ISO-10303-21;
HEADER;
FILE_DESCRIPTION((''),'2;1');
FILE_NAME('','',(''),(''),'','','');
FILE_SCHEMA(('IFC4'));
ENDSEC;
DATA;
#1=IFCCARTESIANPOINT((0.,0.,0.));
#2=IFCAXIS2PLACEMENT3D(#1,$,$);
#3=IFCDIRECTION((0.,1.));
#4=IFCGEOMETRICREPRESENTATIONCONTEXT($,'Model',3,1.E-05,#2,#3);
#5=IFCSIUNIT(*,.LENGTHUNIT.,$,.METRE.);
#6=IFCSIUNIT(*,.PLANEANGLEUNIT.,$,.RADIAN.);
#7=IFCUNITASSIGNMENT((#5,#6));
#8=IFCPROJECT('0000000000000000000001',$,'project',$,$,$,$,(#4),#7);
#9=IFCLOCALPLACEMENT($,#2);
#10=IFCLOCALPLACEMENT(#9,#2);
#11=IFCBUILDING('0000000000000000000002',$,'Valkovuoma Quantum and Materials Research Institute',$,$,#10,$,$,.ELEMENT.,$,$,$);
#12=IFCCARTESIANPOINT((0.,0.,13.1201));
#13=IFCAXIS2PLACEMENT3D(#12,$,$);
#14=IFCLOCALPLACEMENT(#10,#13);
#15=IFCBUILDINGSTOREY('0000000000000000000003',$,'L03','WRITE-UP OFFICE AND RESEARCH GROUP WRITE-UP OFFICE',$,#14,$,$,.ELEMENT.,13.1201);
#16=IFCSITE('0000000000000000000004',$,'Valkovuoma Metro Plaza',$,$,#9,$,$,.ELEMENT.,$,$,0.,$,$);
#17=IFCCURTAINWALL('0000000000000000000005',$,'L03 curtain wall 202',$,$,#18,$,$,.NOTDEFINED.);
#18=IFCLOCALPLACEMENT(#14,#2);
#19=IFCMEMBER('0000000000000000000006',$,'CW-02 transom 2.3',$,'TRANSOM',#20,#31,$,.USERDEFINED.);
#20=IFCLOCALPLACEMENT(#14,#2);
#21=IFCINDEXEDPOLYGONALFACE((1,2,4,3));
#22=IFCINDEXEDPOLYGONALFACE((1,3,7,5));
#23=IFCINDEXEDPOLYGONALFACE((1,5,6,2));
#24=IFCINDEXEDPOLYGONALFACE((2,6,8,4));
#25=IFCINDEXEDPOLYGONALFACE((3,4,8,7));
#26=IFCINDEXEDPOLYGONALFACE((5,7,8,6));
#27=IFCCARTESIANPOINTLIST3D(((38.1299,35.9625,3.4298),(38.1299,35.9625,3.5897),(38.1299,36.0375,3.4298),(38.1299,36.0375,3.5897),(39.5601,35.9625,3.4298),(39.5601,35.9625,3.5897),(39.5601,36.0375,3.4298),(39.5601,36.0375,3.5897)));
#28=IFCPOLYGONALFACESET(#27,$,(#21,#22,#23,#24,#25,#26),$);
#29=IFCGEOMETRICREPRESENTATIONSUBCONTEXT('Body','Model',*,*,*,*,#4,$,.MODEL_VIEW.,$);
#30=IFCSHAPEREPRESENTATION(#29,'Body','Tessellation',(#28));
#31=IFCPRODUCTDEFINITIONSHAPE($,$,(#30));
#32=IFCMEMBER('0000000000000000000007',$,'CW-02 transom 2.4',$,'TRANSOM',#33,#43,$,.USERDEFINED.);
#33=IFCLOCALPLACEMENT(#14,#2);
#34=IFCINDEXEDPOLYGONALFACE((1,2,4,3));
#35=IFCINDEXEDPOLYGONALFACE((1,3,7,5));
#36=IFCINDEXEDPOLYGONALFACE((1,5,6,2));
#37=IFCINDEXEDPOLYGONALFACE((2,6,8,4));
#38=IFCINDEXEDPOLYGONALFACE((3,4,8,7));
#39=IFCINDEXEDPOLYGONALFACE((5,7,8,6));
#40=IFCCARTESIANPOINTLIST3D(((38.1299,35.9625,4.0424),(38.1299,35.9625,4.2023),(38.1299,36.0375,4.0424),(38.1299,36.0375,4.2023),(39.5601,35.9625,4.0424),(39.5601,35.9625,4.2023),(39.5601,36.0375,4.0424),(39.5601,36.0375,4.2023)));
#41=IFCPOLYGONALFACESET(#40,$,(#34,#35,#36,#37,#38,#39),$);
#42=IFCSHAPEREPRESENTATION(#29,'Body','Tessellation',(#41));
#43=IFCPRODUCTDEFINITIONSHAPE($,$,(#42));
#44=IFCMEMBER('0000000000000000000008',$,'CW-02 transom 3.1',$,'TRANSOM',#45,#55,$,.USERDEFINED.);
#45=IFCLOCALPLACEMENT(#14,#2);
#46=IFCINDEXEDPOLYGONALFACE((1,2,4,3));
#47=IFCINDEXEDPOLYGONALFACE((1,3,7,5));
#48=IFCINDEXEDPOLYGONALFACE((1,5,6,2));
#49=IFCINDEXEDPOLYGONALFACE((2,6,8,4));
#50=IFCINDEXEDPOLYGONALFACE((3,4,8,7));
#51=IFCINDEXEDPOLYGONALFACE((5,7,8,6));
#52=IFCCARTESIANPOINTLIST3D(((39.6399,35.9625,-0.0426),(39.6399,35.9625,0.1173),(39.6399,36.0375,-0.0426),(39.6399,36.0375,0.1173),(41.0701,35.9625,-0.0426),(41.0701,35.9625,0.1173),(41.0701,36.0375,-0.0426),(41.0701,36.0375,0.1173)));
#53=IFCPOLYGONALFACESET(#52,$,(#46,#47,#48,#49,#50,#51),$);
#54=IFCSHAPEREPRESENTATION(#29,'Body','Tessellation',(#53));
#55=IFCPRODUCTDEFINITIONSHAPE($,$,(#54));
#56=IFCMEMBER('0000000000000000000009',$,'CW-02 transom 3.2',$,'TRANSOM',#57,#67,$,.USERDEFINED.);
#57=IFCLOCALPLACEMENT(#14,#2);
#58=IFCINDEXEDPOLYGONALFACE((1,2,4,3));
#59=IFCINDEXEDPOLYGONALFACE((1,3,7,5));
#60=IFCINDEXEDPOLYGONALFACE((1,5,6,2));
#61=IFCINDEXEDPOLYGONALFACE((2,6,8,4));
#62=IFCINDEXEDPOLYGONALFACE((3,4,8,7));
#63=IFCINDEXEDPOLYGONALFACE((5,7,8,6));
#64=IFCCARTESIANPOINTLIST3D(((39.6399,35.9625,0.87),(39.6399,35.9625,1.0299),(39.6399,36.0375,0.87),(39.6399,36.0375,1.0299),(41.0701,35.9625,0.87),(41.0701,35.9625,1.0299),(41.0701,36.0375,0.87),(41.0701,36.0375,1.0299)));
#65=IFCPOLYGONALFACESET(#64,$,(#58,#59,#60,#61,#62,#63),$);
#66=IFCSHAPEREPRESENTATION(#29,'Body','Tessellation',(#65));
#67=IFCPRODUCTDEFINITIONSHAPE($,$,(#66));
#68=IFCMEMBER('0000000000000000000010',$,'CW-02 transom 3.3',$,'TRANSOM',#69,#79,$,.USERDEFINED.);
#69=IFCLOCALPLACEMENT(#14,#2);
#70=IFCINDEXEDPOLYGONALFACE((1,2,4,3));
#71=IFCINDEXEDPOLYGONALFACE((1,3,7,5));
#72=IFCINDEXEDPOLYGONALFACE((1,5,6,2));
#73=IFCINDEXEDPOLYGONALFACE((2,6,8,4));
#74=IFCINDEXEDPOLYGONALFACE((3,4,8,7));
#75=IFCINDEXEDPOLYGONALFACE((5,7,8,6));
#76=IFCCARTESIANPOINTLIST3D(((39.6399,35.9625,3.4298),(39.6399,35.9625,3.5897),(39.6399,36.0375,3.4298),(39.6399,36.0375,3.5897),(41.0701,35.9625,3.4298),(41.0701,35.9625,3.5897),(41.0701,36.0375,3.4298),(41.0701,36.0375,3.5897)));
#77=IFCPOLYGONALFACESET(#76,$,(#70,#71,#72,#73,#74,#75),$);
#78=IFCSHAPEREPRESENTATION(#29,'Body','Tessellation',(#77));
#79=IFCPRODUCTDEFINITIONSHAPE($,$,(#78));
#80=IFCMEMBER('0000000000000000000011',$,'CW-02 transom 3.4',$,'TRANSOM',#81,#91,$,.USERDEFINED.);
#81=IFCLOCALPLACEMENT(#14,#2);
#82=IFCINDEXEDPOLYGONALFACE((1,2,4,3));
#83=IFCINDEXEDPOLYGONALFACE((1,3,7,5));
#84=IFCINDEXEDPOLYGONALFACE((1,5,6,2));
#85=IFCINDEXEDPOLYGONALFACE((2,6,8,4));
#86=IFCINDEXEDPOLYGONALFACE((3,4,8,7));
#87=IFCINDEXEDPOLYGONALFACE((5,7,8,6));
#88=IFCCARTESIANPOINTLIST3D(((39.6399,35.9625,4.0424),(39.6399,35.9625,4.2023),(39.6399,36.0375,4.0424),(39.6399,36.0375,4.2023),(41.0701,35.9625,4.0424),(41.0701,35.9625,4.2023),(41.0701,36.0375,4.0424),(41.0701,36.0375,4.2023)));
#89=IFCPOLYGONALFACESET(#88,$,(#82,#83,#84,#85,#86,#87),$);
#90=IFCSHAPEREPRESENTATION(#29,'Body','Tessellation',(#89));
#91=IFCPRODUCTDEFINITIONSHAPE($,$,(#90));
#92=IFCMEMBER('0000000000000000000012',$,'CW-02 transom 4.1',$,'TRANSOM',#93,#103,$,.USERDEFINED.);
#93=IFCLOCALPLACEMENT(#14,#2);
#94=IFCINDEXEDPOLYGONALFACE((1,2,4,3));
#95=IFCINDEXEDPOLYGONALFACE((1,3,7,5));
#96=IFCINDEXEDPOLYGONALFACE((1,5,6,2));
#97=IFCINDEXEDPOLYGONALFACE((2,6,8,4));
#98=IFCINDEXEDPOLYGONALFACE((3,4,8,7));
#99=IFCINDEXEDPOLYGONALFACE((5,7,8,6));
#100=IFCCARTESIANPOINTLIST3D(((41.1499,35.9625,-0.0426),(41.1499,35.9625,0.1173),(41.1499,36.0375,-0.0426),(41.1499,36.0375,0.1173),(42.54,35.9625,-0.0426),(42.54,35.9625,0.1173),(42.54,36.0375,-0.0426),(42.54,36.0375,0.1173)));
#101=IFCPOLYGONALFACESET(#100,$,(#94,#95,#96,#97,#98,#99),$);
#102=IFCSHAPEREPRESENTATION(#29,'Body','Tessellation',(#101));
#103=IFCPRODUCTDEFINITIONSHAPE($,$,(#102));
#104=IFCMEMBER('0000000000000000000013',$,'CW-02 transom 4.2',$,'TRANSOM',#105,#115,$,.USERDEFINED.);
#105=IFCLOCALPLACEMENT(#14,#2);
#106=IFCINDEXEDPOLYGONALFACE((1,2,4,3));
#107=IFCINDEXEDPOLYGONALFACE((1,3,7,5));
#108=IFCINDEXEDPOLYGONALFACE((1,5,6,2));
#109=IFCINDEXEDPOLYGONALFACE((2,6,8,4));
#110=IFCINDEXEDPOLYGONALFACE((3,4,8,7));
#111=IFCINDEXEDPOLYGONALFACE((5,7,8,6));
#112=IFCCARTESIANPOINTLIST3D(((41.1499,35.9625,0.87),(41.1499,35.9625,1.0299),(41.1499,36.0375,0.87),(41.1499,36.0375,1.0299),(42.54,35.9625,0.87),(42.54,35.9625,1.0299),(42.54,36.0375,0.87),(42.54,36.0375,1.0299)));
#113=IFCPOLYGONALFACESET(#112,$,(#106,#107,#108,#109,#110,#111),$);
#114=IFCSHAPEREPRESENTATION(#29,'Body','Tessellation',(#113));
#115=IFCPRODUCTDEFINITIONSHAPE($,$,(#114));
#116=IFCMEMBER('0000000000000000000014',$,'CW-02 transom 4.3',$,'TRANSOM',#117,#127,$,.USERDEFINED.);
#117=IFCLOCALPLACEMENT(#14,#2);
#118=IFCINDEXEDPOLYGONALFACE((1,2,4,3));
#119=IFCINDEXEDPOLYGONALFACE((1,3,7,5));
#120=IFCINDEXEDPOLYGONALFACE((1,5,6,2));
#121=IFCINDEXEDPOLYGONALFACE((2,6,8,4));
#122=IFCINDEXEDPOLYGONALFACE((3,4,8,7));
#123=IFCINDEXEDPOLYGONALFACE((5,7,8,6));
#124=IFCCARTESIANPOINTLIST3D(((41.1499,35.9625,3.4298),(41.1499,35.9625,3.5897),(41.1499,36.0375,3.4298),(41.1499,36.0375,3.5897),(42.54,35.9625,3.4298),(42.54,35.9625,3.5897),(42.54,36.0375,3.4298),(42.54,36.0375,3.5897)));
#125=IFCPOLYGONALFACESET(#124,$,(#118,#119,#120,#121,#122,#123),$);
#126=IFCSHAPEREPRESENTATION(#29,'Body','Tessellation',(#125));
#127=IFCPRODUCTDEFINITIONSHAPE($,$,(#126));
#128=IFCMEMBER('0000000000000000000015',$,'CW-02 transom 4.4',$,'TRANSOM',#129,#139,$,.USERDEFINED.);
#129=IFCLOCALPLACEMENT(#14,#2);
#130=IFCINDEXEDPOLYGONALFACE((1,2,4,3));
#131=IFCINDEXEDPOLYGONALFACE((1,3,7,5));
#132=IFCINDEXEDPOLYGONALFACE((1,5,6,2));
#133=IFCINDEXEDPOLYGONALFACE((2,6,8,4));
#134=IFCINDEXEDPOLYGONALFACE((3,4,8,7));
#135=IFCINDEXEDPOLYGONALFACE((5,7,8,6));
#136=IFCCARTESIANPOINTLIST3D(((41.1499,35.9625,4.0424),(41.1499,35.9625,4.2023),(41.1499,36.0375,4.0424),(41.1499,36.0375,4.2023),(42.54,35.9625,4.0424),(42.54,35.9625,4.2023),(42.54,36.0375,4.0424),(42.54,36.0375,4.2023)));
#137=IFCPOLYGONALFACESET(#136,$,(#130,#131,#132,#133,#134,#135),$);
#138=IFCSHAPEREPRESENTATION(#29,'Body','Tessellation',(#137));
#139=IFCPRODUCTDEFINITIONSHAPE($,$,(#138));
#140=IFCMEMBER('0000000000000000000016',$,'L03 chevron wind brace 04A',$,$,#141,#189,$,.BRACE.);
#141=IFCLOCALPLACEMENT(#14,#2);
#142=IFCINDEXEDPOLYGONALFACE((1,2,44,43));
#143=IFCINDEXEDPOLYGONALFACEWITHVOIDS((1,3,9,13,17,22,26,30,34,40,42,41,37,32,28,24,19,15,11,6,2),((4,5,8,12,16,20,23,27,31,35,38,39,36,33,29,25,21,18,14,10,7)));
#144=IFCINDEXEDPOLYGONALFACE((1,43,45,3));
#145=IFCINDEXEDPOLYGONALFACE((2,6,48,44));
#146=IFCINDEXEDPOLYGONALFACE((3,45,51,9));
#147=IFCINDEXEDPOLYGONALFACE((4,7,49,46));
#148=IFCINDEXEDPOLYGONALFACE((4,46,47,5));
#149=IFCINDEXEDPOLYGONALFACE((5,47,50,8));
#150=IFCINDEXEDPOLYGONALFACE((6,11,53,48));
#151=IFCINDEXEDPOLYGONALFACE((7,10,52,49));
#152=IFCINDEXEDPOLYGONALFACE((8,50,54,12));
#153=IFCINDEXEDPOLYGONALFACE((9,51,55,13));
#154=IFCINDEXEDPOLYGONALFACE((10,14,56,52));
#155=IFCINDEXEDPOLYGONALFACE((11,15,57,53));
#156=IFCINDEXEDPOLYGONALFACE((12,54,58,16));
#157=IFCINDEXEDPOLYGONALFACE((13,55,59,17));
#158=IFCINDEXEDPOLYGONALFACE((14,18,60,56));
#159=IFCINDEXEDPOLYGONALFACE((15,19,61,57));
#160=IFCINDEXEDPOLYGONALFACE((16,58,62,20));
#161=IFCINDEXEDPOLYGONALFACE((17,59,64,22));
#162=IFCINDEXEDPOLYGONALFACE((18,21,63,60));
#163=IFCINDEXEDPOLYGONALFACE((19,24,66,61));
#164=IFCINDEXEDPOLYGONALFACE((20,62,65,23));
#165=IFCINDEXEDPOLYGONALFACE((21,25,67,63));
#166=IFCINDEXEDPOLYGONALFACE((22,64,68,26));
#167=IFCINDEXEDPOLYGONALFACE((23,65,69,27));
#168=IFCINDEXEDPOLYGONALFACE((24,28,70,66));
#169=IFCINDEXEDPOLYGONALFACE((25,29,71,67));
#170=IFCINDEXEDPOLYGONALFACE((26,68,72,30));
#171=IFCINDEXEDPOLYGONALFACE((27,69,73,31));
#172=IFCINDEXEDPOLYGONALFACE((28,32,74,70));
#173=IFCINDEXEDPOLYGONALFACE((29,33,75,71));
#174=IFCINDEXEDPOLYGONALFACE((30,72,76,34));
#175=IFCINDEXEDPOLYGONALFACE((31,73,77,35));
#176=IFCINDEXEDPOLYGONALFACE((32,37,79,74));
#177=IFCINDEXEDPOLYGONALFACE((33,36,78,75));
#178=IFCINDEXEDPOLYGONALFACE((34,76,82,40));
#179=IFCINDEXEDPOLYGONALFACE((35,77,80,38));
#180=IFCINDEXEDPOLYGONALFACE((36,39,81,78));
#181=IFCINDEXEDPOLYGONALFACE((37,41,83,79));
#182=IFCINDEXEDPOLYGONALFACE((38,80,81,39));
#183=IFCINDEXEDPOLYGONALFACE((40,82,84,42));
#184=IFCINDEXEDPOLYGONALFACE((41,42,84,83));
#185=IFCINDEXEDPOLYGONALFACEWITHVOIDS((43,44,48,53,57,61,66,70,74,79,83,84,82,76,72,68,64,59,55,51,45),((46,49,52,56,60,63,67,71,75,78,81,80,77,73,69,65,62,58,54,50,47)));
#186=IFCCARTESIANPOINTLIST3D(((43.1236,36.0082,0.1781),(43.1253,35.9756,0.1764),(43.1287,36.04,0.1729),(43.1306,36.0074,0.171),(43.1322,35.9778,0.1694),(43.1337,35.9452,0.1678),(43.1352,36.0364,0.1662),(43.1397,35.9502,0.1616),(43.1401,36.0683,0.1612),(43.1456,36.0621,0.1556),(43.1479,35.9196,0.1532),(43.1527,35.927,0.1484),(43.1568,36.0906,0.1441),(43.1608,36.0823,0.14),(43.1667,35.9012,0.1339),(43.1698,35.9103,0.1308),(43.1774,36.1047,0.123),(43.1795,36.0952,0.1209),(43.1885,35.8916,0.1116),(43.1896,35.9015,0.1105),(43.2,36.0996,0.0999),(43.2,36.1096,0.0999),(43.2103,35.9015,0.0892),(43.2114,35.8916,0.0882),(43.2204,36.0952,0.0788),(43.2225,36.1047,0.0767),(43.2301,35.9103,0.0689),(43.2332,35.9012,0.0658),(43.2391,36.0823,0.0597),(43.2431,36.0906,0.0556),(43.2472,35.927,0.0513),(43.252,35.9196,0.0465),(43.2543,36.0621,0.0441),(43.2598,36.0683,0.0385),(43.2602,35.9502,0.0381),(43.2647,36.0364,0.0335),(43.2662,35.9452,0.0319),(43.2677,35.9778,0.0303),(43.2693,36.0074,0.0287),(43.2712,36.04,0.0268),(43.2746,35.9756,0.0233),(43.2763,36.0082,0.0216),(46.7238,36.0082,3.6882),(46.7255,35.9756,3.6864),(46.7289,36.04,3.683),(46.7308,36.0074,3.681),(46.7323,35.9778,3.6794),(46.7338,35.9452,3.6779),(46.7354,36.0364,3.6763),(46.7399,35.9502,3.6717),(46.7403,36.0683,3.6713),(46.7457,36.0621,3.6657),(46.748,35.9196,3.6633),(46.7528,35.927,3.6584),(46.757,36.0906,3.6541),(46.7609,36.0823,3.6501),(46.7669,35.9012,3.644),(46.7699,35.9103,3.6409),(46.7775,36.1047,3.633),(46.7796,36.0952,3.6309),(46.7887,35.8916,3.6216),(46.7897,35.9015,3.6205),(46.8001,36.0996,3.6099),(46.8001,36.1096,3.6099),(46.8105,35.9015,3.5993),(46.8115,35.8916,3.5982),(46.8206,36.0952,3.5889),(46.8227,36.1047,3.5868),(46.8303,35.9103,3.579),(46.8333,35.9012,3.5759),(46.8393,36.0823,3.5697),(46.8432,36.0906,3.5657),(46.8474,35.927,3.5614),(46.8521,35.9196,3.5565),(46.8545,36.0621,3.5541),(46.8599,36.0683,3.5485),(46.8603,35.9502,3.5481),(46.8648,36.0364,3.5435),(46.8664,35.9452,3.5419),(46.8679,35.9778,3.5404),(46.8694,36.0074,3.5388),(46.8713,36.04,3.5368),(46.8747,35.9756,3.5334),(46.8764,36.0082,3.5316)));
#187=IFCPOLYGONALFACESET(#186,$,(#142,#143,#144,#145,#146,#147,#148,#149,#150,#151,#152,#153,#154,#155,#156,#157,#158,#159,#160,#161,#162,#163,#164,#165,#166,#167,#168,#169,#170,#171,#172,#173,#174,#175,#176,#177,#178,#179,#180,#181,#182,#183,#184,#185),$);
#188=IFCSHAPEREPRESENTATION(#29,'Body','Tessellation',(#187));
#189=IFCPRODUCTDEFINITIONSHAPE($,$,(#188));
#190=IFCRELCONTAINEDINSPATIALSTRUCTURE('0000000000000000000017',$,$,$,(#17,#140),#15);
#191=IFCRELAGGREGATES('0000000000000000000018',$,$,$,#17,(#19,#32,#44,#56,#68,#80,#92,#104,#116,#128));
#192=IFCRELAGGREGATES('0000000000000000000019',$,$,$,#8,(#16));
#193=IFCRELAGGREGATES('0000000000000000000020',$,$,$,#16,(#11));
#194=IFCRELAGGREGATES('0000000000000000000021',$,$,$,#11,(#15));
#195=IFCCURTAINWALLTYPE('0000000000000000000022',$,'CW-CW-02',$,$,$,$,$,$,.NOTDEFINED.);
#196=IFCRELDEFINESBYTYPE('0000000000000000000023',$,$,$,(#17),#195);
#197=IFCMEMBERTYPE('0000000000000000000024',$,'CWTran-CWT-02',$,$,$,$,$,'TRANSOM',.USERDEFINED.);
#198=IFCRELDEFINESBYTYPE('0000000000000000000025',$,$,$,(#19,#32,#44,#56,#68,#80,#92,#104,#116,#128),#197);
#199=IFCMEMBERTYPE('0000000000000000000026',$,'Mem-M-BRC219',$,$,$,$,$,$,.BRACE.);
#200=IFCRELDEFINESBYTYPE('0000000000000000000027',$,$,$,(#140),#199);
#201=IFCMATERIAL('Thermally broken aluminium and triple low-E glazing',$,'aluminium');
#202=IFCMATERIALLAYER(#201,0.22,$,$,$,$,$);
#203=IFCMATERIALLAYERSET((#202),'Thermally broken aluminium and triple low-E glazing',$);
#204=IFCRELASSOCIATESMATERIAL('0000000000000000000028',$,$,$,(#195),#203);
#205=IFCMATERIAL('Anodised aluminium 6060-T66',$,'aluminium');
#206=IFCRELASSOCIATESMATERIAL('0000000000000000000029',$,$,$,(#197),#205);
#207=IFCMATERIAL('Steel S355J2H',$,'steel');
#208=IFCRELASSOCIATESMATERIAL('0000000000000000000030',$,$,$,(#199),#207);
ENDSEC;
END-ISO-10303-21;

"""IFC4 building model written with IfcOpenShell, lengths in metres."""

from ifc_helpers import new_model, si_unit, direction, frame, origin, origin_2d, place, context, subcontext, project, spatial, rectangle, hollow_circle, extrude, material, layer, layer_set, material_profile, profile_set, type_object, element, aggregate, save


model = new_model("IFC4")

# Units and contexts
model_context = context("Model", 3, precision=1e-05, world=origin(), true_north=direction((0.0, 1.0)))
body_context = subcontext(model_context, "Body", "Model", "MODEL_VIEW")
ifc_project = project(units=[si_unit("LENGTHUNIT", "METRE"), si_unit("PLANEANGLEUNIT", "RADIAN")], contexts=[model_context])

# Site, building, storey
site_placement = place(None, origin())
site = spatial("IfcSite", under=ifc_project, at=site_placement, Name="Valkovuoma Metro Plaza", CompositionType="ELEMENT", RefElevation=0.0)
building_placement = place(site_placement, origin())
building = spatial("IfcBuilding", under=site, at=building_placement, Name="Valkovuoma Quantum and Materials Research Institute", CompositionType="ELEMENT")
storey_placement = place(building_placement, frame((0.0, 0.0, 13.1201)))
storey = spatial("IfcBuildingStorey", under=building, at=storey_placement, Name="L03", Description="WRITE-UP OFFICE AND RESEARCH GROUP WRITE-UP OFFICE", CompositionType="ELEMENT", Elevation=13.1201)

# Curtain wall
ifc_material_1 = material(Name="Thermally broken aluminium and triple low-E glazing", Category="aluminium")
ifc_layer_1 = layer(ifc_material_1, 0.22)
ifc_layer_set_1 = layer_set([ifc_layer_1], Name="Thermally broken aluminium and triple low-E glazing")
curtain_wall_type = type_object("IfcCurtainWallType", Name="CW-CW-02", PredefinedType="NOTDEFINED", material=ifc_layer_set_1)
curtain_wall_1_placement = place(storey_placement, origin())
curtain_wall_1 = element("IfcCurtainWall", 1, at=curtain_wall_1_placement, inside=storey, type_object=curtain_wall_type, Name="L03 curtain wall 202", PredefinedType="NOTDEFINED")

# Members
ifc_material_2 = material(Name="Anodised aluminium 6060-T66", Category="aluminium")
ifc_material_profile_1 = material_profile(ifc_material_2, rectangle(XDim=0.075, YDim=0.1599, at=origin_2d()), Name="Anodised aluminium 6060-T66")
ifc_profile_set_1 = profile_set([ifc_material_profile_1], Name="Anodised aluminium 6060-T66")
member_type_1 = type_object("IfcMemberType", Name="CWTran-CWT-02", ElementType="TRANSOM", PredefinedType="USERDEFINED", material=ifc_profile_set_1)
member_1_placement = place(storey_placement, frame((38.1299, 36.0, 3.5098), z_axis=(1.0, 0.0, 0.0), x_axis=(0.0, 1.0, 0.0)))
member_1 = element("IfcMember", 2, at=member_1_placement, type_object=member_type_1, Name="CW-02 transom 2.3", ObjectType="TRANSOM", PredefinedType="USERDEFINED", context=body_context, shape_type="SweptSolid", body=[
    extrude(rectangle(XDim=0.075, YDim=0.1599, at=origin_2d()), origin(), (0.0, 0.0, 1.0), 1.4302),
])
member_2_placement = place(storey_placement, frame((38.1299, 36.0, 4.1223), z_axis=(1.0, 0.0, 0.0), x_axis=(0.0, 1.0, 0.0)))
member_2 = element("IfcMember", 3, at=member_2_placement, type_object=member_type_1, Name="CW-02 transom 2.4", ObjectType="TRANSOM", PredefinedType="USERDEFINED", context=body_context, shape_type="SweptSolid", body=[
    extrude(rectangle(XDim=0.075, YDim=0.1599, at=origin_2d()), origin(), (0.0, 0.0, 1.0), 1.4302),
])
member_3_placement = place(storey_placement, frame((39.6399, 36.0, 0.0374), z_axis=(1.0, 0.0, 0.0), x_axis=(0.0, 1.0, 0.0)))
member_3 = element("IfcMember", 4, at=member_3_placement, type_object=member_type_1, Name="CW-02 transom 3.1", ObjectType="TRANSOM", PredefinedType="USERDEFINED", context=body_context, shape_type="SweptSolid", body=[
    extrude(rectangle(XDim=0.075, YDim=0.1599, at=origin_2d()), origin(), (0.0, 0.0, 1.0), 1.4302),
])
member_4_placement = place(storey_placement, frame((39.6399, 36.0, 0.95), z_axis=(1.0, 0.0, 0.0), x_axis=(0.0, 1.0, 0.0)))
member_4 = element("IfcMember", 5, at=member_4_placement, type_object=member_type_1, Name="CW-02 transom 3.2", ObjectType="TRANSOM", PredefinedType="USERDEFINED", context=body_context, shape_type="SweptSolid", body=[
    extrude(rectangle(XDim=0.075, YDim=0.1599, at=origin_2d()), origin(), (0.0, 0.0, 1.0), 1.4302),
])
member_5_placement = place(storey_placement, frame((39.6399, 36.0, 3.5098), z_axis=(1.0, 0.0, 0.0), x_axis=(0.0, 1.0, 0.0)))
member_5 = element("IfcMember", 6, at=member_5_placement, type_object=member_type_1, Name="CW-02 transom 3.3", ObjectType="TRANSOM", PredefinedType="USERDEFINED", context=body_context, shape_type="SweptSolid", body=[
    extrude(rectangle(XDim=0.075, YDim=0.1599, at=origin_2d()), origin(), (0.0, 0.0, 1.0), 1.4302),
])
member_6_placement = place(storey_placement, frame((39.6399, 36.0, 4.1223), z_axis=(1.0, 0.0, 0.0), x_axis=(0.0, 1.0, 0.0)))
member_6 = element("IfcMember", 7, at=member_6_placement, type_object=member_type_1, Name="CW-02 transom 3.4", ObjectType="TRANSOM", PredefinedType="USERDEFINED", context=body_context, shape_type="SweptSolid", body=[
    extrude(rectangle(XDim=0.075, YDim=0.1599, at=origin_2d()), origin(), (0.0, 0.0, 1.0), 1.4302),
])
member_7_placement = place(storey_placement, frame((41.1499, 36.0, 0.0374), z_axis=(1.0, 0.0, 0.0), x_axis=(0.0, 1.0, 0.0)))
member_7 = element("IfcMember", 8, at=member_7_placement, type_object=member_type_1, Name="CW-02 transom 4.1", ObjectType="TRANSOM", PredefinedType="USERDEFINED", context=body_context, shape_type="SweptSolid", body=[
    extrude(rectangle(XDim=0.075, YDim=0.1599, at=origin_2d()), origin(), (0.0, 0.0, 1.0), 1.3901),
])
member_8_placement = place(storey_placement, frame((41.1499, 36.0, 0.95), z_axis=(1.0, 0.0, 0.0), x_axis=(0.0, 1.0, 0.0)))
member_8 = element("IfcMember", 9, at=member_8_placement, type_object=member_type_1, Name="CW-02 transom 4.2", ObjectType="TRANSOM", PredefinedType="USERDEFINED", context=body_context, shape_type="SweptSolid", body=[
    extrude(rectangle(XDim=0.075, YDim=0.1599, at=origin_2d()), origin(), (0.0, 0.0, 1.0), 1.3901),
])
member_9_placement = place(storey_placement, frame((41.1499, 36.0, 3.5098), z_axis=(1.0, 0.0, 0.0), x_axis=(0.0, 1.0, 0.0)))
member_9 = element("IfcMember", 10, at=member_9_placement, type_object=member_type_1, Name="CW-02 transom 4.3", ObjectType="TRANSOM", PredefinedType="USERDEFINED", context=body_context, shape_type="SweptSolid", body=[
    extrude(rectangle(XDim=0.075, YDim=0.1599, at=origin_2d()), origin(), (0.0, 0.0, 1.0), 1.3901),
])
member_10_placement = place(storey_placement, frame((41.1499, 36.0, 4.1223), z_axis=(1.0, 0.0, 0.0), x_axis=(0.0, 1.0, 0.0)))
member_10 = element("IfcMember", 11, at=member_10_placement, type_object=member_type_1, Name="CW-02 transom 4.4", ObjectType="TRANSOM", PredefinedType="USERDEFINED", context=body_context, shape_type="SweptSolid", body=[
    extrude(rectangle(XDim=0.075, YDim=0.1599, at=origin_2d()), origin(), (0.0, 0.0, 1.0), 1.3901),
])
ifc_material_3 = material(Name="Steel S355J2H", Category="steel")
ifc_material_profile_2 = material_profile(ifc_material_3, hollow_circle(Radius=0.1096, WallThickness=0.01, at=origin_2d()), Name="Steel S355J2H")
ifc_profile_set_2 = profile_set([ifc_material_profile_2], Name="Steel S355J2H")
member_type_2 = type_object("IfcMemberType", Name="Mem-M-BRC219", PredefinedType="BRACE", material=ifc_profile_set_2)
member_11_placement = place(storey_placement, frame((43.2, 36.0, 0.0999), z_axis=(0.716009, 0.0, 0.698091), x_axis=(0.0, 1.0, 0.0)))
element("IfcMember", 12, at=member_11_placement, inside=storey, type_object=member_type_2, Name="L03 chevron wind brace 04A", PredefinedType="BRACE", context=body_context, shape_type="SweptSolid", body=[
    extrude(hollow_circle(Radius=0.1096, WallThickness=0.01, at=origin_2d()), origin(), (0.0, 0.0, 1.0), 5.0281),
])

aggregate(curtain_wall_1, [member_1, member_2, member_3, member_4, member_5, member_6, member_7, member_8, member_9, member_10])

save(model, "model.ifc")
